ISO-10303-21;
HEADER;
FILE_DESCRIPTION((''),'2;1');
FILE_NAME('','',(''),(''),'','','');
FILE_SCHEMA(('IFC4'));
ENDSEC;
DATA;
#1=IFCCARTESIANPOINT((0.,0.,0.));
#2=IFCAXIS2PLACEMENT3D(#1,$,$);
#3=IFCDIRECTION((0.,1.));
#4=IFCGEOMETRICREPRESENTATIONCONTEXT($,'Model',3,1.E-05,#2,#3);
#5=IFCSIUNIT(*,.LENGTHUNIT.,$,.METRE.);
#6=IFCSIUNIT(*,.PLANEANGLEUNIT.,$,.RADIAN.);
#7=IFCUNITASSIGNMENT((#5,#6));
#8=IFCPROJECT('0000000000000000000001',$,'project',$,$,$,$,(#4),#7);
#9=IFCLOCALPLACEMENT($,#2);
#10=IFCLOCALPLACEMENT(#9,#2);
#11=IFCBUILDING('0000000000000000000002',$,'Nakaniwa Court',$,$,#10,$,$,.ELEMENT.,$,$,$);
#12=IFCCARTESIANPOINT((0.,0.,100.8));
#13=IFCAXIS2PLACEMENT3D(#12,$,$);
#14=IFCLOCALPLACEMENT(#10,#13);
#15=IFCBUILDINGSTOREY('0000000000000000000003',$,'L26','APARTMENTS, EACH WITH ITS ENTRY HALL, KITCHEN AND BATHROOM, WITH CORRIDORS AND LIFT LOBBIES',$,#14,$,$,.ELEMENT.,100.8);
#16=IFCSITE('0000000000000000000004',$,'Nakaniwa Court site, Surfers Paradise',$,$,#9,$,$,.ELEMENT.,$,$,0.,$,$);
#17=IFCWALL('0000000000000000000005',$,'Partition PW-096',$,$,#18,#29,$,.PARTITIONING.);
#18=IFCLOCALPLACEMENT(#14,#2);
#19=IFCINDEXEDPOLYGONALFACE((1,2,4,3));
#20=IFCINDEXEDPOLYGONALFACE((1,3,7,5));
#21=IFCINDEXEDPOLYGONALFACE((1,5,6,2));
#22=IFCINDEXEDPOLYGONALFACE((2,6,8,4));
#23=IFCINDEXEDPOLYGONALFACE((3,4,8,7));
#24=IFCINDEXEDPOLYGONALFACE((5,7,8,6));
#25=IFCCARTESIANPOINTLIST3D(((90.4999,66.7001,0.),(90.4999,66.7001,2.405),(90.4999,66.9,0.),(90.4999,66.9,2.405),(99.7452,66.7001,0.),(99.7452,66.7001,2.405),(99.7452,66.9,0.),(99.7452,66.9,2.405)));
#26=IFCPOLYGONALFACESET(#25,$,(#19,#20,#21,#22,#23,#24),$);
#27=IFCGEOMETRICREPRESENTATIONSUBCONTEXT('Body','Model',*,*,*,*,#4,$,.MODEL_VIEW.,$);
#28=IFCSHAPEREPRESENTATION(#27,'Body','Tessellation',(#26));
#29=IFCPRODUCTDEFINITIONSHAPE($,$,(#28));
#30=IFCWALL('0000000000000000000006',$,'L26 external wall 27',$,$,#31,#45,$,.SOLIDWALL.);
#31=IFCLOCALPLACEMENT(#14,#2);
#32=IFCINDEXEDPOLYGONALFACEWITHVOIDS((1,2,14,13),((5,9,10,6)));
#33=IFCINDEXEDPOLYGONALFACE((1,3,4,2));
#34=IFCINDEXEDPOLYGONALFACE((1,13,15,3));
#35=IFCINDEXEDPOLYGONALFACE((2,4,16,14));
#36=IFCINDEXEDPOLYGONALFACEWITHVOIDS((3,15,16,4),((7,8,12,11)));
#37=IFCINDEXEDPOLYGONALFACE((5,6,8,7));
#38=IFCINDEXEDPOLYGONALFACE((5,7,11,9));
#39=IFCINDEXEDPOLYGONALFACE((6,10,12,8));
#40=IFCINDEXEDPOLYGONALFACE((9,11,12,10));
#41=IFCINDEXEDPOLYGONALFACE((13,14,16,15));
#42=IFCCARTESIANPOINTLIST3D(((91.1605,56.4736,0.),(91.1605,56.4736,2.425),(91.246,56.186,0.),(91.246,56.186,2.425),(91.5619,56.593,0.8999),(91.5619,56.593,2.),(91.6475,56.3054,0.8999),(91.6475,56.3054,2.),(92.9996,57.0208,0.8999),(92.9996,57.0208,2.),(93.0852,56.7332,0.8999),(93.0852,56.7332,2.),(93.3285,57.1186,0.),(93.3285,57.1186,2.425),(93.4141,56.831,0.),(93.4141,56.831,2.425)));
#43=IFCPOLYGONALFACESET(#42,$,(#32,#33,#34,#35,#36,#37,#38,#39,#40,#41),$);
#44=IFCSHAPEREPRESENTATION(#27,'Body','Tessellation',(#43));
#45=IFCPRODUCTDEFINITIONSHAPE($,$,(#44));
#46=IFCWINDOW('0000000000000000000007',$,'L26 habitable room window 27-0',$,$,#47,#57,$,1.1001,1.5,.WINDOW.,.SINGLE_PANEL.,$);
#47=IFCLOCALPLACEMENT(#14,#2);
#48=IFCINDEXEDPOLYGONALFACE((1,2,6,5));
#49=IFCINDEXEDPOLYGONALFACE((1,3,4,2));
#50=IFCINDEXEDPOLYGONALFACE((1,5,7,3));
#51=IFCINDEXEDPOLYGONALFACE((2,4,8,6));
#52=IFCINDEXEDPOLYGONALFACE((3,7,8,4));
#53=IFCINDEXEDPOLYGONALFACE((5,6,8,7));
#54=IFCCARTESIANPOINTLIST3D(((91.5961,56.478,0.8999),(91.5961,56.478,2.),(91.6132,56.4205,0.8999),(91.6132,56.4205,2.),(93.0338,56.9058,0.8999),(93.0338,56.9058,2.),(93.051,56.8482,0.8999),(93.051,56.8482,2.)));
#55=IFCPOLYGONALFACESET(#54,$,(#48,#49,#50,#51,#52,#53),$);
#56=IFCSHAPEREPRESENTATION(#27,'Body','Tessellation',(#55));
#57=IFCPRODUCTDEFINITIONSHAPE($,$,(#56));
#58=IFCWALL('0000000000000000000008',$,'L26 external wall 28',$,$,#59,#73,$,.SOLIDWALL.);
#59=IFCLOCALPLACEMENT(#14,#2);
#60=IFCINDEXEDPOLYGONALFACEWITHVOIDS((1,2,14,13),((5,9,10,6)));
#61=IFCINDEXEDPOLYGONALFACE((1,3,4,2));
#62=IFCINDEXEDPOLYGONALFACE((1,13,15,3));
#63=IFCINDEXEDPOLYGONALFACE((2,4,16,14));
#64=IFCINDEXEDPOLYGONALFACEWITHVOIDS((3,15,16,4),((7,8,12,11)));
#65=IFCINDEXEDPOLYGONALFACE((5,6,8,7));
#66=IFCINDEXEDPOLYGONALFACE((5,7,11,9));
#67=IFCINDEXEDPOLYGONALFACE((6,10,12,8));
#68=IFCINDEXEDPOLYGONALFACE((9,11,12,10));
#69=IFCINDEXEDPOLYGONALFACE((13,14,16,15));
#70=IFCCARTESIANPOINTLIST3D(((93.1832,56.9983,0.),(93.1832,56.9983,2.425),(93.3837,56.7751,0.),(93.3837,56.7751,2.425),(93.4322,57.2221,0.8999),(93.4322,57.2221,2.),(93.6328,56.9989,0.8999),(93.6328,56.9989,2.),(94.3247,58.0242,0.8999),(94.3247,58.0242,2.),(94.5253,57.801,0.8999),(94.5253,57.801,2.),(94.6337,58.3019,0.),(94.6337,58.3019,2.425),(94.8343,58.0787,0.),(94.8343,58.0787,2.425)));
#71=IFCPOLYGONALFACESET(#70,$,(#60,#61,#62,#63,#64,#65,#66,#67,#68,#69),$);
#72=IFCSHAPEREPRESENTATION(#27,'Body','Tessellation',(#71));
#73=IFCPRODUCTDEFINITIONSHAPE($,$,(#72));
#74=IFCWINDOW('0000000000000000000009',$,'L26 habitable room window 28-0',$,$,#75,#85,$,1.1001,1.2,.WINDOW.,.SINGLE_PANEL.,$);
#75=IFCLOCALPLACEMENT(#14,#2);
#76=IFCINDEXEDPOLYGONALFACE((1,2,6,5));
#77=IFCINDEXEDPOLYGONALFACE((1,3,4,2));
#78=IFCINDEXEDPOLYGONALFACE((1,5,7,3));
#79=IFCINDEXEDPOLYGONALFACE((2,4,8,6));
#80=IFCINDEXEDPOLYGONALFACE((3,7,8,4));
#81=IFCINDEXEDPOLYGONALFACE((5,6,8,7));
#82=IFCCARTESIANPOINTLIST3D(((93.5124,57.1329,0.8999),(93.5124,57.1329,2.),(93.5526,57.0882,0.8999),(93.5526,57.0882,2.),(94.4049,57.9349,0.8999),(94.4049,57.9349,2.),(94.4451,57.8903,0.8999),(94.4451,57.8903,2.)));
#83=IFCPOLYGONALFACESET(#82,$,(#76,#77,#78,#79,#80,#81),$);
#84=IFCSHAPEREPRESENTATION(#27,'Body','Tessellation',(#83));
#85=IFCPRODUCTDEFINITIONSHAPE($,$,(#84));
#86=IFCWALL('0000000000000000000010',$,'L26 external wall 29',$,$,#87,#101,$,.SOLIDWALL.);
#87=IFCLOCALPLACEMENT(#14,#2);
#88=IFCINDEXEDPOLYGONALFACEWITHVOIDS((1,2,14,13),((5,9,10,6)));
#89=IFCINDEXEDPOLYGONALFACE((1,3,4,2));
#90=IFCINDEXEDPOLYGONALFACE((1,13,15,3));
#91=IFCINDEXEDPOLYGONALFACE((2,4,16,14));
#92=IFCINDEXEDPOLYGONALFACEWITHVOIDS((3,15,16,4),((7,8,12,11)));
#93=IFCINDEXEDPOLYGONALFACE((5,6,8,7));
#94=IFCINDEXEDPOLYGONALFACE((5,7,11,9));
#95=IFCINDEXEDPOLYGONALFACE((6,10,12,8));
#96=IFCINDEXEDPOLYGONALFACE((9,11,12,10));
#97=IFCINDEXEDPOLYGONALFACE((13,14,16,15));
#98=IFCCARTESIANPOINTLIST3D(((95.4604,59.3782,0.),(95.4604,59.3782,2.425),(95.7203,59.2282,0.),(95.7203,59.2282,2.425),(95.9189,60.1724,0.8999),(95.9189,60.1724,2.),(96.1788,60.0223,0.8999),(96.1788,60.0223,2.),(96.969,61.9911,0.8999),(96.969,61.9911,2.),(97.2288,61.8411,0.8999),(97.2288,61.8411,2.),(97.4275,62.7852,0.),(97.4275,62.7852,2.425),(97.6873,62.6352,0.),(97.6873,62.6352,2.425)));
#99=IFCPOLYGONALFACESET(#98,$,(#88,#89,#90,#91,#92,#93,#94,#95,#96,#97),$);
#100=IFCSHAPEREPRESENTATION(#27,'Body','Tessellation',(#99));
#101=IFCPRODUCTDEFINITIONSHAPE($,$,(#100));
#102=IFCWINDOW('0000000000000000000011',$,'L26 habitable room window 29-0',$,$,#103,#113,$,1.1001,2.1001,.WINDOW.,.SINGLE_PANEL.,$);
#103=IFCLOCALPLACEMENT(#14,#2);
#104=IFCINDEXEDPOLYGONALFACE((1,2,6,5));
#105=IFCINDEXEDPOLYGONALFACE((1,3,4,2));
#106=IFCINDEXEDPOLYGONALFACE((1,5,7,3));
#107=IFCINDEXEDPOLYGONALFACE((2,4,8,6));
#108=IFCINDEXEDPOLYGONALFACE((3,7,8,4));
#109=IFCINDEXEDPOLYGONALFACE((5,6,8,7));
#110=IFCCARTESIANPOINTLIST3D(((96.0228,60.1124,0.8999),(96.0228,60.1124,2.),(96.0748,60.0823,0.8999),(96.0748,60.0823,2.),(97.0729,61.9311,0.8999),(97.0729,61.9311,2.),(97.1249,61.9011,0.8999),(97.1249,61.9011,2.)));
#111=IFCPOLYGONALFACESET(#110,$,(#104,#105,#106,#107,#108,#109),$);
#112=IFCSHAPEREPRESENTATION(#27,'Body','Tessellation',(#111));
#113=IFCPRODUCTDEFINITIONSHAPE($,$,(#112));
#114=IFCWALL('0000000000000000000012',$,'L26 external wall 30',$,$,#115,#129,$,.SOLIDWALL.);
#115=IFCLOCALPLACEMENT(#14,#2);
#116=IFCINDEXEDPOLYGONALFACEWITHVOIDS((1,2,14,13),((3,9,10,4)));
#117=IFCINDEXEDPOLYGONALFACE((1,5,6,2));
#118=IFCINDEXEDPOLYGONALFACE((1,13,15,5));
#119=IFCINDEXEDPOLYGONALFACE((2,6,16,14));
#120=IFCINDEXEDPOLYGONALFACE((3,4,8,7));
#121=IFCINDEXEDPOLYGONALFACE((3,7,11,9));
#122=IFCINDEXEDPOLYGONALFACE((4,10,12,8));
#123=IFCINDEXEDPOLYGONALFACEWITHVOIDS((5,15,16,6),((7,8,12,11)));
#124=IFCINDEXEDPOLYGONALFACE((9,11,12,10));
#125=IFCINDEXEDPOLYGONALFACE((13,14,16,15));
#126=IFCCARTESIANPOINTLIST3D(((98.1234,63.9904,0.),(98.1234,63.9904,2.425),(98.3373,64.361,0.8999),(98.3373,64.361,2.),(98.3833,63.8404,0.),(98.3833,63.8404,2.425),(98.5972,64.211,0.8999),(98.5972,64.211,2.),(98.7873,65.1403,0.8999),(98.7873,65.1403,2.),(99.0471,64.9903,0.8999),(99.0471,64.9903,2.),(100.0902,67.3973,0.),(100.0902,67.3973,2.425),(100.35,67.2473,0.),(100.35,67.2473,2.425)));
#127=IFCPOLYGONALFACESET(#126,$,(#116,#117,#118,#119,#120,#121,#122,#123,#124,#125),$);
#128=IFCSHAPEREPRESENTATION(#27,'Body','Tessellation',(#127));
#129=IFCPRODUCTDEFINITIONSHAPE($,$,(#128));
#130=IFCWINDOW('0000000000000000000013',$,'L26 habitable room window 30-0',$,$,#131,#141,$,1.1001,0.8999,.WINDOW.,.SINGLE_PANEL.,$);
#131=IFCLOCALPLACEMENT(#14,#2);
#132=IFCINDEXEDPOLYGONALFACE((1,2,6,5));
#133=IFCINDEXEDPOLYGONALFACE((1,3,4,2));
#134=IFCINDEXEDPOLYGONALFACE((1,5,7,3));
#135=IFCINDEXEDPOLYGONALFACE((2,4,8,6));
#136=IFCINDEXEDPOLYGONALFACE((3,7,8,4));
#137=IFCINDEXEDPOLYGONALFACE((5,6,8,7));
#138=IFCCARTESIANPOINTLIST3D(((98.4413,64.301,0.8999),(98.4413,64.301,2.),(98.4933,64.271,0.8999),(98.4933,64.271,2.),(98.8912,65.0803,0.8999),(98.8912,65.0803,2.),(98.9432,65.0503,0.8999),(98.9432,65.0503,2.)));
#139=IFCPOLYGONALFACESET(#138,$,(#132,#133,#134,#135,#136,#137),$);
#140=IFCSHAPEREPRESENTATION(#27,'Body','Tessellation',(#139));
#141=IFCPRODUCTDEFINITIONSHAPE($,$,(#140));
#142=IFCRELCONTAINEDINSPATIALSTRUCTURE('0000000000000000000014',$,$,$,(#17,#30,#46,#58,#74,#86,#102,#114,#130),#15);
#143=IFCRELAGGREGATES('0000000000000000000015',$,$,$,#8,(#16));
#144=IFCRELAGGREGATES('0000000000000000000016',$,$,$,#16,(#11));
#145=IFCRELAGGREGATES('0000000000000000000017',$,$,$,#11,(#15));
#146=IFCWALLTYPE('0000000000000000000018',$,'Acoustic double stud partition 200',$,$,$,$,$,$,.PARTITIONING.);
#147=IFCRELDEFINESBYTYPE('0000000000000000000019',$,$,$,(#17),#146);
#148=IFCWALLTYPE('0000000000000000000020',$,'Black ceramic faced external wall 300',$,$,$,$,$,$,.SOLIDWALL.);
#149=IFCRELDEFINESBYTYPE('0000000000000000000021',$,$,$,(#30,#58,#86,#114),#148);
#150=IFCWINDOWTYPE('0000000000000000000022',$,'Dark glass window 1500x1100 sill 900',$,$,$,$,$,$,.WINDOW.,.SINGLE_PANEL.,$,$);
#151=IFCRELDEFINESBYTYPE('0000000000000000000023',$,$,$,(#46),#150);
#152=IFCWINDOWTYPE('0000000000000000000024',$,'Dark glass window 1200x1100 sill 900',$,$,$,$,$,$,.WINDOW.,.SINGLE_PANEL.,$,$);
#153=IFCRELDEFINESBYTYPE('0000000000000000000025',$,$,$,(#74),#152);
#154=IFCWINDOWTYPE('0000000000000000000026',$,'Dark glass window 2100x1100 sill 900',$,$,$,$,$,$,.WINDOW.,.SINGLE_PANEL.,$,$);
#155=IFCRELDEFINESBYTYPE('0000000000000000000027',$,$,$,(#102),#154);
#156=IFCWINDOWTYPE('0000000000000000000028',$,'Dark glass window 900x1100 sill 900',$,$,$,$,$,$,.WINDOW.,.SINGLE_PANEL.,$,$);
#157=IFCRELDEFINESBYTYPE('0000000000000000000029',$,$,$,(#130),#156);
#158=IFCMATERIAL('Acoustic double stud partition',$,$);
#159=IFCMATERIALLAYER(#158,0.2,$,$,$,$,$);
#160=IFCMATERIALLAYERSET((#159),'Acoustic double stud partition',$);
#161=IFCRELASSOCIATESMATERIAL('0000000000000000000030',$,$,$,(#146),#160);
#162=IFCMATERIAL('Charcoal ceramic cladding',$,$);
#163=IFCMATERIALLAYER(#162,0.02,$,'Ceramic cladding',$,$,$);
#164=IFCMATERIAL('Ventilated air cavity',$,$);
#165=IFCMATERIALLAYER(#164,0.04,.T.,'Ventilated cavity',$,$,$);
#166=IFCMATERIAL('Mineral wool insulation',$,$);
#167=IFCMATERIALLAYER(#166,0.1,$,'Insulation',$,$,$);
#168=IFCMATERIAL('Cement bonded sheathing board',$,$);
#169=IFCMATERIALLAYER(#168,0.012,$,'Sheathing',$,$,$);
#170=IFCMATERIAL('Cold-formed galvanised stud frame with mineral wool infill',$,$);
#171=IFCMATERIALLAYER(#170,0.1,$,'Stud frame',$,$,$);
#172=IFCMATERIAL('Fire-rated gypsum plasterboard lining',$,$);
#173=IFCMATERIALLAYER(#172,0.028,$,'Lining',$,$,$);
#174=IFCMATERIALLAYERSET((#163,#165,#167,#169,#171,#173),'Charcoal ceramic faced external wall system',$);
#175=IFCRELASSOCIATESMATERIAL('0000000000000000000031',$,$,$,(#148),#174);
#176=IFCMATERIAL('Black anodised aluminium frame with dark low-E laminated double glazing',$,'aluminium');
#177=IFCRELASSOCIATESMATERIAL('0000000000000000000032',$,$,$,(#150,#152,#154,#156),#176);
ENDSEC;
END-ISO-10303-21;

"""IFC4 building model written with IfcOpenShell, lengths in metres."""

from ifc_helpers import new_model, si_unit, direction, frame, frame_2d, origin, place, context, subcontext, project, spatial, rectangle, extrude, material, layer, layer_set, type_object, element, fill, save


model = new_model("IFC4")

# Units and contexts
model_context = context("Model", 3, precision=1e-05, world=origin(), true_north=direction((0.0, 1.0)))
body_context = subcontext(model_context, "Body", "Model", "MODEL_VIEW")
ifc_project = project(units=[si_unit("LENGTHUNIT", "METRE"), si_unit("PLANEANGLEUNIT", "RADIAN")], contexts=[model_context])

# Site, building, storey
site_placement = place(None, origin())
site = spatial("IfcSite", under=ifc_project, at=site_placement, Name="Nakaniwa Court site, Surfers Paradise", CompositionType="ELEMENT", RefElevation=0.0)
building_placement = place(site_placement, origin())
building = spatial("IfcBuilding", under=site, at=building_placement, Name="Nakaniwa Court", CompositionType="ELEMENT")
storey_placement = place(building_placement, frame((0.0, 0.0, 100.8)))
storey = spatial("IfcBuildingStorey", under=building, at=storey_placement, Name="L26", Description="APARTMENTS, EACH WITH ITS ENTRY HALL, KITCHEN AND BATHROOM, WITH CORRIDORS AND LIFT LOBBIES", CompositionType="ELEMENT", Elevation=100.8)

# Wall
ifc_material_1 = material(Name="Acoustic double stud partition")
ifc_layer_1 = layer(ifc_material_1, 0.2)
ifc_layer_set_1 = layer_set([ifc_layer_1], Name="Acoustic double stud partition")
wall_type_1 = type_object("IfcWallType", Name="Acoustic double stud partition 200", PredefinedType="PARTITIONING", material=ifc_layer_set_1)
wall_1_placement = place(storey_placement, frame((90.5, 66.8, 0.0), z_axis=(0.0, 0.0, 1.0), x_axis=(1.0, 0.0, 0.0)))
element("IfcWall", 1, at=wall_1_placement, inside=storey, type_object=wall_type_1, Name="Partition PW-096", PredefinedType="PARTITIONING", context=body_context, shape_type="SweptSolid", body=[
    extrude(rectangle(XDim=9.2454, YDim=0.2, at=frame_2d((4.6226, 0.0))), origin(), (0.0, 0.0, 1.0), 2.405),
])

# Walls, openings, windows
ifc_material_2 = material(Name="Charcoal ceramic cladding")
ifc_layer_2 = layer(ifc_material_2, 0.02, Name="Ceramic cladding")
ifc_material_3 = material(Name="Ventilated air cavity")
ifc_layer_3 = layer(ifc_material_3, 0.04, ventilated=True, Name="Ventilated cavity")
ifc_material_4 = material(Name="Mineral wool insulation")
ifc_layer_4 = layer(ifc_material_4, 0.1, Name="Insulation")
ifc_material_5 = material(Name="Cement bonded sheathing board")
ifc_layer_5 = layer(ifc_material_5, 0.012, Name="Sheathing")
ifc_material_6 = material(Name="Cold-formed galvanised stud frame with mineral wool infill")
ifc_layer_6 = layer(ifc_material_6, 0.1, Name="Stud frame")
ifc_material_7 = material(Name="Fire-rated gypsum plasterboard lining")
ifc_layer_7 = layer(ifc_material_7, 0.028, Name="Lining")
ifc_layer_set_2 = layer_set([ifc_layer_2, ifc_layer_3, ifc_layer_4, ifc_layer_5, ifc_layer_6, ifc_layer_7], Name="Charcoal ceramic faced external wall system")
wall_type_2 = type_object("IfcWallType", Name="Black ceramic faced external wall 300", PredefinedType="SOLIDWALL", material=ifc_layer_set_2)
wall_2_placement = place(storey_placement, frame((91.2034, 56.3298, 0.0), z_axis=(0.0, 0.0, 1.0), x_axis=(0.958477, 0.285169, 0.0)))
wall_2 = element("IfcWall", 2, at=wall_2_placement, inside=storey, type_object=wall_type_2, Name="L26 external wall 27", PredefinedType="SOLIDWALL", context=body_context, shape_type="SweptSolid", body=[
    extrude(rectangle(XDim=2.262, YDim=0.3, at=frame_2d((1.1309, 0.0))), origin(), (0.0, 0.0, 1.0), 2.425),
])
opening_1_placement = place(wall_2_placement, frame((0.4187, 0.0, 0.8999)))
opening_1 = element("IfcOpeningElement", 3, at=opening_1_placement, cuts=wall_2, PredefinedType="OPENING", context=body_context, shape_type="SweptSolid", body=[
    extrude(rectangle(XDim=1.5, YDim=1.1001, at=frame_2d((0.75, 0.55))), frame((0.0, 0.1599, 0.0), z_axis=(0.0, -1.0, 0.0), x_axis=(1.0, 0.0, 0.0)), (0.0, 0.0, 1.0), 0.3201),
])
ifc_material_8 = material(Name="Black anodised aluminium frame with dark low-E laminated double glazing", Category="aluminium")
window_type_1 = type_object("IfcWindowType", Name="Dark glass window 1500x1100 sill 900", PartitioningType="SINGLE_PANEL", PredefinedType="WINDOW", material=ifc_material_8)
window_1_placement = place(opening_1_placement, origin())
window_1 = element("IfcWindow", 4, at=window_1_placement, inside=storey, type_object=window_type_1, Name="L26 habitable room window 27-0", OverallHeight=1.1001, OverallWidth=1.5, PartitioningType="SINGLE_PANEL", PredefinedType="WINDOW", context=body_context, shape_type="SweptSolid", body=[
    extrude(rectangle(XDim=1.5, YDim=1.1001, at=frame_2d((0.75, 0.55))), frame((0.0, 0.03, 0.0), z_axis=(0.0, -1.0, 0.0), x_axis=(1.0, 0.0, 0.0)), (0.0, 0.0, 1.0), 0.0601),
])
fill(opening_1, window_1)
wall_3_placement = place(storey_placement, frame((93.2834, 56.8867, 0.0), z_axis=(0.0, 0.0, 1.0), x_axis=(0.743786, 0.668418, 0.0)))
wall_3 = element("IfcWall", 5, at=wall_3_placement, inside=storey, type_object=wall_type_2, Name="L26 external wall 28", PredefinedType="SOLIDWALL", context=body_context, shape_type="SweptSolid", body=[
    extrude(rectangle(XDim=1.9502, YDim=0.3, at=frame_2d((0.9751, 0.0))), origin(), (0.0, 0.0, 1.0), 2.425),
])
opening_2_placement = place(wall_3_placement, frame((0.3347, 0.0, 0.8999)))
opening_2 = element("IfcOpeningElement", 6, at=opening_2_placement, cuts=wall_3, PredefinedType="OPENING", context=body_context, shape_type="SweptSolid", body=[
    extrude(rectangle(XDim=1.2, YDim=1.1001, at=frame_2d((0.6001, 0.55))), frame((0.0, 0.1599, 0.0), z_axis=(0.0, -1.0, 0.0), x_axis=(1.0, 0.0, 0.0)), (0.0, 0.0, 1.0), 0.3201),
])
window_type_2 = type_object("IfcWindowType", Name="Dark glass window 1200x1100 sill 900", PartitioningType="SINGLE_PANEL", PredefinedType="WINDOW", material=ifc_material_8)
window_2_placement = place(opening_2_placement, origin())
window_2 = element("IfcWindow", 7, at=window_2_placement, inside=storey, type_object=window_type_2, Name="L26 habitable room window 28-0", OverallHeight=1.1001, OverallWidth=1.2, PartitioningType="SINGLE_PANEL", PredefinedType="WINDOW", context=body_context, shape_type="SweptSolid", body=[
    extrude(rectangle(XDim=1.2, YDim=1.1001, at=frame_2d((0.6001, 0.55))), frame((0.0, 0.03, 0.0), z_axis=(0.0, -1.0, 0.0), x_axis=(1.0, 0.0, 0.0)), (0.0, 0.0, 1.0), 0.0601),
])
fill(opening_2, window_2)
wall_4_placement = place(storey_placement, frame((95.5903, 59.3032, 0.0), z_axis=(0.0, 0.0, 1.0), x_axis=(0.500004, 0.866023, 0.0)))
wall_4 = element("IfcWall", 8, at=wall_4_placement, inside=storey, type_object=wall_type_2, Name="L26 external wall 29", PredefinedType="SOLIDWALL", context=body_context, shape_type="SweptSolid", body=[
    extrude(rectangle(XDim=3.9341, YDim=0.3, at=frame_2d((1.967, 0.0))), origin(), (0.0, 0.0, 1.0), 2.425),
])
opening_3_placement = place(wall_4_placement, frame((0.917, 0.0, 0.8999)))
opening_3 = element("IfcOpeningElement", 9, at=opening_3_placement, cuts=wall_4, PredefinedType="OPENING", context=body_context, shape_type="SweptSolid", body=[
    extrude(rectangle(XDim=2.1001, YDim=1.1001, at=frame_2d((1.05, 0.55))), frame((0.0, 0.1599, 0.0), z_axis=(0.0, -1.0, 0.0), x_axis=(1.0, 0.0, 0.0)), (0.0, 0.0, 1.0), 0.3201),
])
window_type_3 = type_object("IfcWindowType", Name="Dark glass window 2100x1100 sill 900", PartitioningType="SINGLE_PANEL", PredefinedType="WINDOW", material=ifc_material_8)
window_3_placement = place(opening_3_placement, origin())
window_3 = element("IfcWindow", 10, at=window_3_placement, inside=storey, type_object=window_type_3, Name="L26 habitable room window 29-0", OverallHeight=1.1001, OverallWidth=2.1001, PartitioningType="SINGLE_PANEL", PredefinedType="WINDOW", context=body_context, shape_type="SweptSolid", body=[
    extrude(rectangle(XDim=2.1001, YDim=1.1001, at=frame_2d((1.05, 0.55))), frame((0.0, 0.03, 0.0), z_axis=(0.0, -1.0, 0.0), x_axis=(1.0, 0.0, 0.0)), (0.0, 0.0, 1.0), 0.0601),
])
fill(opening_3, window_3)
wall_5_placement = place(storey_placement, frame((98.2534, 63.9155, 0.0), z_axis=(0.0, 0.0, 1.0), x_axis=(0.499957, 0.86605, 0.0)))
wall_5 = element("IfcWall", 11, at=wall_5_placement, inside=storey, type_object=wall_type_2, Name="L26 external wall 30", PredefinedType="SOLIDWALL", context=body_context, shape_type="SweptSolid", body=[
    extrude(rectangle(XDim=3.9338, YDim=0.3, at=frame_2d((1.9668, 0.0))), origin(), (0.0, 0.0, 1.0), 2.425),
])
opening_4_placement = place(wall_5_placement, frame((0.4277, 0.0, 0.8999)))
opening_4 = element("IfcOpeningElement", 12, at=opening_4_placement, cuts=wall_5, PredefinedType="OPENING", context=body_context, shape_type="SweptSolid", body=[
    extrude(rectangle(XDim=0.8999, YDim=1.1001, at=frame_2d((0.45, 0.55))), frame((0.0, 0.1599, 0.0), z_axis=(0.0, -1.0, 0.0), x_axis=(1.0, 0.0, 0.0)), (0.0, 0.0, 1.0), 0.3201),
])
window_type_4 = type_object("IfcWindowType", Name="Dark glass window 900x1100 sill 900", PartitioningType="SINGLE_PANEL", PredefinedType="WINDOW", material=ifc_material_8)
window_4_placement = place(opening_4_placement, origin())
window_4 = element("IfcWindow", 13, at=window_4_placement, inside=storey, type_object=window_type_4, Name="L26 habitable room window 30-0", OverallHeight=1.1001, OverallWidth=0.8999, PartitioningType="SINGLE_PANEL", PredefinedType="WINDOW", context=body_context, shape_type="SweptSolid", body=[
    extrude(rectangle(XDim=0.8999, YDim=1.1001, at=frame_2d((0.45, 0.55))), frame((0.0, 0.03, 0.0), z_axis=(0.0, -1.0, 0.0), x_axis=(1.0, 0.0, 0.0)), (0.0, 0.0, 1.0), 0.0601),
])
fill(opening_4, window_4)

save(model, "model.ifc")
